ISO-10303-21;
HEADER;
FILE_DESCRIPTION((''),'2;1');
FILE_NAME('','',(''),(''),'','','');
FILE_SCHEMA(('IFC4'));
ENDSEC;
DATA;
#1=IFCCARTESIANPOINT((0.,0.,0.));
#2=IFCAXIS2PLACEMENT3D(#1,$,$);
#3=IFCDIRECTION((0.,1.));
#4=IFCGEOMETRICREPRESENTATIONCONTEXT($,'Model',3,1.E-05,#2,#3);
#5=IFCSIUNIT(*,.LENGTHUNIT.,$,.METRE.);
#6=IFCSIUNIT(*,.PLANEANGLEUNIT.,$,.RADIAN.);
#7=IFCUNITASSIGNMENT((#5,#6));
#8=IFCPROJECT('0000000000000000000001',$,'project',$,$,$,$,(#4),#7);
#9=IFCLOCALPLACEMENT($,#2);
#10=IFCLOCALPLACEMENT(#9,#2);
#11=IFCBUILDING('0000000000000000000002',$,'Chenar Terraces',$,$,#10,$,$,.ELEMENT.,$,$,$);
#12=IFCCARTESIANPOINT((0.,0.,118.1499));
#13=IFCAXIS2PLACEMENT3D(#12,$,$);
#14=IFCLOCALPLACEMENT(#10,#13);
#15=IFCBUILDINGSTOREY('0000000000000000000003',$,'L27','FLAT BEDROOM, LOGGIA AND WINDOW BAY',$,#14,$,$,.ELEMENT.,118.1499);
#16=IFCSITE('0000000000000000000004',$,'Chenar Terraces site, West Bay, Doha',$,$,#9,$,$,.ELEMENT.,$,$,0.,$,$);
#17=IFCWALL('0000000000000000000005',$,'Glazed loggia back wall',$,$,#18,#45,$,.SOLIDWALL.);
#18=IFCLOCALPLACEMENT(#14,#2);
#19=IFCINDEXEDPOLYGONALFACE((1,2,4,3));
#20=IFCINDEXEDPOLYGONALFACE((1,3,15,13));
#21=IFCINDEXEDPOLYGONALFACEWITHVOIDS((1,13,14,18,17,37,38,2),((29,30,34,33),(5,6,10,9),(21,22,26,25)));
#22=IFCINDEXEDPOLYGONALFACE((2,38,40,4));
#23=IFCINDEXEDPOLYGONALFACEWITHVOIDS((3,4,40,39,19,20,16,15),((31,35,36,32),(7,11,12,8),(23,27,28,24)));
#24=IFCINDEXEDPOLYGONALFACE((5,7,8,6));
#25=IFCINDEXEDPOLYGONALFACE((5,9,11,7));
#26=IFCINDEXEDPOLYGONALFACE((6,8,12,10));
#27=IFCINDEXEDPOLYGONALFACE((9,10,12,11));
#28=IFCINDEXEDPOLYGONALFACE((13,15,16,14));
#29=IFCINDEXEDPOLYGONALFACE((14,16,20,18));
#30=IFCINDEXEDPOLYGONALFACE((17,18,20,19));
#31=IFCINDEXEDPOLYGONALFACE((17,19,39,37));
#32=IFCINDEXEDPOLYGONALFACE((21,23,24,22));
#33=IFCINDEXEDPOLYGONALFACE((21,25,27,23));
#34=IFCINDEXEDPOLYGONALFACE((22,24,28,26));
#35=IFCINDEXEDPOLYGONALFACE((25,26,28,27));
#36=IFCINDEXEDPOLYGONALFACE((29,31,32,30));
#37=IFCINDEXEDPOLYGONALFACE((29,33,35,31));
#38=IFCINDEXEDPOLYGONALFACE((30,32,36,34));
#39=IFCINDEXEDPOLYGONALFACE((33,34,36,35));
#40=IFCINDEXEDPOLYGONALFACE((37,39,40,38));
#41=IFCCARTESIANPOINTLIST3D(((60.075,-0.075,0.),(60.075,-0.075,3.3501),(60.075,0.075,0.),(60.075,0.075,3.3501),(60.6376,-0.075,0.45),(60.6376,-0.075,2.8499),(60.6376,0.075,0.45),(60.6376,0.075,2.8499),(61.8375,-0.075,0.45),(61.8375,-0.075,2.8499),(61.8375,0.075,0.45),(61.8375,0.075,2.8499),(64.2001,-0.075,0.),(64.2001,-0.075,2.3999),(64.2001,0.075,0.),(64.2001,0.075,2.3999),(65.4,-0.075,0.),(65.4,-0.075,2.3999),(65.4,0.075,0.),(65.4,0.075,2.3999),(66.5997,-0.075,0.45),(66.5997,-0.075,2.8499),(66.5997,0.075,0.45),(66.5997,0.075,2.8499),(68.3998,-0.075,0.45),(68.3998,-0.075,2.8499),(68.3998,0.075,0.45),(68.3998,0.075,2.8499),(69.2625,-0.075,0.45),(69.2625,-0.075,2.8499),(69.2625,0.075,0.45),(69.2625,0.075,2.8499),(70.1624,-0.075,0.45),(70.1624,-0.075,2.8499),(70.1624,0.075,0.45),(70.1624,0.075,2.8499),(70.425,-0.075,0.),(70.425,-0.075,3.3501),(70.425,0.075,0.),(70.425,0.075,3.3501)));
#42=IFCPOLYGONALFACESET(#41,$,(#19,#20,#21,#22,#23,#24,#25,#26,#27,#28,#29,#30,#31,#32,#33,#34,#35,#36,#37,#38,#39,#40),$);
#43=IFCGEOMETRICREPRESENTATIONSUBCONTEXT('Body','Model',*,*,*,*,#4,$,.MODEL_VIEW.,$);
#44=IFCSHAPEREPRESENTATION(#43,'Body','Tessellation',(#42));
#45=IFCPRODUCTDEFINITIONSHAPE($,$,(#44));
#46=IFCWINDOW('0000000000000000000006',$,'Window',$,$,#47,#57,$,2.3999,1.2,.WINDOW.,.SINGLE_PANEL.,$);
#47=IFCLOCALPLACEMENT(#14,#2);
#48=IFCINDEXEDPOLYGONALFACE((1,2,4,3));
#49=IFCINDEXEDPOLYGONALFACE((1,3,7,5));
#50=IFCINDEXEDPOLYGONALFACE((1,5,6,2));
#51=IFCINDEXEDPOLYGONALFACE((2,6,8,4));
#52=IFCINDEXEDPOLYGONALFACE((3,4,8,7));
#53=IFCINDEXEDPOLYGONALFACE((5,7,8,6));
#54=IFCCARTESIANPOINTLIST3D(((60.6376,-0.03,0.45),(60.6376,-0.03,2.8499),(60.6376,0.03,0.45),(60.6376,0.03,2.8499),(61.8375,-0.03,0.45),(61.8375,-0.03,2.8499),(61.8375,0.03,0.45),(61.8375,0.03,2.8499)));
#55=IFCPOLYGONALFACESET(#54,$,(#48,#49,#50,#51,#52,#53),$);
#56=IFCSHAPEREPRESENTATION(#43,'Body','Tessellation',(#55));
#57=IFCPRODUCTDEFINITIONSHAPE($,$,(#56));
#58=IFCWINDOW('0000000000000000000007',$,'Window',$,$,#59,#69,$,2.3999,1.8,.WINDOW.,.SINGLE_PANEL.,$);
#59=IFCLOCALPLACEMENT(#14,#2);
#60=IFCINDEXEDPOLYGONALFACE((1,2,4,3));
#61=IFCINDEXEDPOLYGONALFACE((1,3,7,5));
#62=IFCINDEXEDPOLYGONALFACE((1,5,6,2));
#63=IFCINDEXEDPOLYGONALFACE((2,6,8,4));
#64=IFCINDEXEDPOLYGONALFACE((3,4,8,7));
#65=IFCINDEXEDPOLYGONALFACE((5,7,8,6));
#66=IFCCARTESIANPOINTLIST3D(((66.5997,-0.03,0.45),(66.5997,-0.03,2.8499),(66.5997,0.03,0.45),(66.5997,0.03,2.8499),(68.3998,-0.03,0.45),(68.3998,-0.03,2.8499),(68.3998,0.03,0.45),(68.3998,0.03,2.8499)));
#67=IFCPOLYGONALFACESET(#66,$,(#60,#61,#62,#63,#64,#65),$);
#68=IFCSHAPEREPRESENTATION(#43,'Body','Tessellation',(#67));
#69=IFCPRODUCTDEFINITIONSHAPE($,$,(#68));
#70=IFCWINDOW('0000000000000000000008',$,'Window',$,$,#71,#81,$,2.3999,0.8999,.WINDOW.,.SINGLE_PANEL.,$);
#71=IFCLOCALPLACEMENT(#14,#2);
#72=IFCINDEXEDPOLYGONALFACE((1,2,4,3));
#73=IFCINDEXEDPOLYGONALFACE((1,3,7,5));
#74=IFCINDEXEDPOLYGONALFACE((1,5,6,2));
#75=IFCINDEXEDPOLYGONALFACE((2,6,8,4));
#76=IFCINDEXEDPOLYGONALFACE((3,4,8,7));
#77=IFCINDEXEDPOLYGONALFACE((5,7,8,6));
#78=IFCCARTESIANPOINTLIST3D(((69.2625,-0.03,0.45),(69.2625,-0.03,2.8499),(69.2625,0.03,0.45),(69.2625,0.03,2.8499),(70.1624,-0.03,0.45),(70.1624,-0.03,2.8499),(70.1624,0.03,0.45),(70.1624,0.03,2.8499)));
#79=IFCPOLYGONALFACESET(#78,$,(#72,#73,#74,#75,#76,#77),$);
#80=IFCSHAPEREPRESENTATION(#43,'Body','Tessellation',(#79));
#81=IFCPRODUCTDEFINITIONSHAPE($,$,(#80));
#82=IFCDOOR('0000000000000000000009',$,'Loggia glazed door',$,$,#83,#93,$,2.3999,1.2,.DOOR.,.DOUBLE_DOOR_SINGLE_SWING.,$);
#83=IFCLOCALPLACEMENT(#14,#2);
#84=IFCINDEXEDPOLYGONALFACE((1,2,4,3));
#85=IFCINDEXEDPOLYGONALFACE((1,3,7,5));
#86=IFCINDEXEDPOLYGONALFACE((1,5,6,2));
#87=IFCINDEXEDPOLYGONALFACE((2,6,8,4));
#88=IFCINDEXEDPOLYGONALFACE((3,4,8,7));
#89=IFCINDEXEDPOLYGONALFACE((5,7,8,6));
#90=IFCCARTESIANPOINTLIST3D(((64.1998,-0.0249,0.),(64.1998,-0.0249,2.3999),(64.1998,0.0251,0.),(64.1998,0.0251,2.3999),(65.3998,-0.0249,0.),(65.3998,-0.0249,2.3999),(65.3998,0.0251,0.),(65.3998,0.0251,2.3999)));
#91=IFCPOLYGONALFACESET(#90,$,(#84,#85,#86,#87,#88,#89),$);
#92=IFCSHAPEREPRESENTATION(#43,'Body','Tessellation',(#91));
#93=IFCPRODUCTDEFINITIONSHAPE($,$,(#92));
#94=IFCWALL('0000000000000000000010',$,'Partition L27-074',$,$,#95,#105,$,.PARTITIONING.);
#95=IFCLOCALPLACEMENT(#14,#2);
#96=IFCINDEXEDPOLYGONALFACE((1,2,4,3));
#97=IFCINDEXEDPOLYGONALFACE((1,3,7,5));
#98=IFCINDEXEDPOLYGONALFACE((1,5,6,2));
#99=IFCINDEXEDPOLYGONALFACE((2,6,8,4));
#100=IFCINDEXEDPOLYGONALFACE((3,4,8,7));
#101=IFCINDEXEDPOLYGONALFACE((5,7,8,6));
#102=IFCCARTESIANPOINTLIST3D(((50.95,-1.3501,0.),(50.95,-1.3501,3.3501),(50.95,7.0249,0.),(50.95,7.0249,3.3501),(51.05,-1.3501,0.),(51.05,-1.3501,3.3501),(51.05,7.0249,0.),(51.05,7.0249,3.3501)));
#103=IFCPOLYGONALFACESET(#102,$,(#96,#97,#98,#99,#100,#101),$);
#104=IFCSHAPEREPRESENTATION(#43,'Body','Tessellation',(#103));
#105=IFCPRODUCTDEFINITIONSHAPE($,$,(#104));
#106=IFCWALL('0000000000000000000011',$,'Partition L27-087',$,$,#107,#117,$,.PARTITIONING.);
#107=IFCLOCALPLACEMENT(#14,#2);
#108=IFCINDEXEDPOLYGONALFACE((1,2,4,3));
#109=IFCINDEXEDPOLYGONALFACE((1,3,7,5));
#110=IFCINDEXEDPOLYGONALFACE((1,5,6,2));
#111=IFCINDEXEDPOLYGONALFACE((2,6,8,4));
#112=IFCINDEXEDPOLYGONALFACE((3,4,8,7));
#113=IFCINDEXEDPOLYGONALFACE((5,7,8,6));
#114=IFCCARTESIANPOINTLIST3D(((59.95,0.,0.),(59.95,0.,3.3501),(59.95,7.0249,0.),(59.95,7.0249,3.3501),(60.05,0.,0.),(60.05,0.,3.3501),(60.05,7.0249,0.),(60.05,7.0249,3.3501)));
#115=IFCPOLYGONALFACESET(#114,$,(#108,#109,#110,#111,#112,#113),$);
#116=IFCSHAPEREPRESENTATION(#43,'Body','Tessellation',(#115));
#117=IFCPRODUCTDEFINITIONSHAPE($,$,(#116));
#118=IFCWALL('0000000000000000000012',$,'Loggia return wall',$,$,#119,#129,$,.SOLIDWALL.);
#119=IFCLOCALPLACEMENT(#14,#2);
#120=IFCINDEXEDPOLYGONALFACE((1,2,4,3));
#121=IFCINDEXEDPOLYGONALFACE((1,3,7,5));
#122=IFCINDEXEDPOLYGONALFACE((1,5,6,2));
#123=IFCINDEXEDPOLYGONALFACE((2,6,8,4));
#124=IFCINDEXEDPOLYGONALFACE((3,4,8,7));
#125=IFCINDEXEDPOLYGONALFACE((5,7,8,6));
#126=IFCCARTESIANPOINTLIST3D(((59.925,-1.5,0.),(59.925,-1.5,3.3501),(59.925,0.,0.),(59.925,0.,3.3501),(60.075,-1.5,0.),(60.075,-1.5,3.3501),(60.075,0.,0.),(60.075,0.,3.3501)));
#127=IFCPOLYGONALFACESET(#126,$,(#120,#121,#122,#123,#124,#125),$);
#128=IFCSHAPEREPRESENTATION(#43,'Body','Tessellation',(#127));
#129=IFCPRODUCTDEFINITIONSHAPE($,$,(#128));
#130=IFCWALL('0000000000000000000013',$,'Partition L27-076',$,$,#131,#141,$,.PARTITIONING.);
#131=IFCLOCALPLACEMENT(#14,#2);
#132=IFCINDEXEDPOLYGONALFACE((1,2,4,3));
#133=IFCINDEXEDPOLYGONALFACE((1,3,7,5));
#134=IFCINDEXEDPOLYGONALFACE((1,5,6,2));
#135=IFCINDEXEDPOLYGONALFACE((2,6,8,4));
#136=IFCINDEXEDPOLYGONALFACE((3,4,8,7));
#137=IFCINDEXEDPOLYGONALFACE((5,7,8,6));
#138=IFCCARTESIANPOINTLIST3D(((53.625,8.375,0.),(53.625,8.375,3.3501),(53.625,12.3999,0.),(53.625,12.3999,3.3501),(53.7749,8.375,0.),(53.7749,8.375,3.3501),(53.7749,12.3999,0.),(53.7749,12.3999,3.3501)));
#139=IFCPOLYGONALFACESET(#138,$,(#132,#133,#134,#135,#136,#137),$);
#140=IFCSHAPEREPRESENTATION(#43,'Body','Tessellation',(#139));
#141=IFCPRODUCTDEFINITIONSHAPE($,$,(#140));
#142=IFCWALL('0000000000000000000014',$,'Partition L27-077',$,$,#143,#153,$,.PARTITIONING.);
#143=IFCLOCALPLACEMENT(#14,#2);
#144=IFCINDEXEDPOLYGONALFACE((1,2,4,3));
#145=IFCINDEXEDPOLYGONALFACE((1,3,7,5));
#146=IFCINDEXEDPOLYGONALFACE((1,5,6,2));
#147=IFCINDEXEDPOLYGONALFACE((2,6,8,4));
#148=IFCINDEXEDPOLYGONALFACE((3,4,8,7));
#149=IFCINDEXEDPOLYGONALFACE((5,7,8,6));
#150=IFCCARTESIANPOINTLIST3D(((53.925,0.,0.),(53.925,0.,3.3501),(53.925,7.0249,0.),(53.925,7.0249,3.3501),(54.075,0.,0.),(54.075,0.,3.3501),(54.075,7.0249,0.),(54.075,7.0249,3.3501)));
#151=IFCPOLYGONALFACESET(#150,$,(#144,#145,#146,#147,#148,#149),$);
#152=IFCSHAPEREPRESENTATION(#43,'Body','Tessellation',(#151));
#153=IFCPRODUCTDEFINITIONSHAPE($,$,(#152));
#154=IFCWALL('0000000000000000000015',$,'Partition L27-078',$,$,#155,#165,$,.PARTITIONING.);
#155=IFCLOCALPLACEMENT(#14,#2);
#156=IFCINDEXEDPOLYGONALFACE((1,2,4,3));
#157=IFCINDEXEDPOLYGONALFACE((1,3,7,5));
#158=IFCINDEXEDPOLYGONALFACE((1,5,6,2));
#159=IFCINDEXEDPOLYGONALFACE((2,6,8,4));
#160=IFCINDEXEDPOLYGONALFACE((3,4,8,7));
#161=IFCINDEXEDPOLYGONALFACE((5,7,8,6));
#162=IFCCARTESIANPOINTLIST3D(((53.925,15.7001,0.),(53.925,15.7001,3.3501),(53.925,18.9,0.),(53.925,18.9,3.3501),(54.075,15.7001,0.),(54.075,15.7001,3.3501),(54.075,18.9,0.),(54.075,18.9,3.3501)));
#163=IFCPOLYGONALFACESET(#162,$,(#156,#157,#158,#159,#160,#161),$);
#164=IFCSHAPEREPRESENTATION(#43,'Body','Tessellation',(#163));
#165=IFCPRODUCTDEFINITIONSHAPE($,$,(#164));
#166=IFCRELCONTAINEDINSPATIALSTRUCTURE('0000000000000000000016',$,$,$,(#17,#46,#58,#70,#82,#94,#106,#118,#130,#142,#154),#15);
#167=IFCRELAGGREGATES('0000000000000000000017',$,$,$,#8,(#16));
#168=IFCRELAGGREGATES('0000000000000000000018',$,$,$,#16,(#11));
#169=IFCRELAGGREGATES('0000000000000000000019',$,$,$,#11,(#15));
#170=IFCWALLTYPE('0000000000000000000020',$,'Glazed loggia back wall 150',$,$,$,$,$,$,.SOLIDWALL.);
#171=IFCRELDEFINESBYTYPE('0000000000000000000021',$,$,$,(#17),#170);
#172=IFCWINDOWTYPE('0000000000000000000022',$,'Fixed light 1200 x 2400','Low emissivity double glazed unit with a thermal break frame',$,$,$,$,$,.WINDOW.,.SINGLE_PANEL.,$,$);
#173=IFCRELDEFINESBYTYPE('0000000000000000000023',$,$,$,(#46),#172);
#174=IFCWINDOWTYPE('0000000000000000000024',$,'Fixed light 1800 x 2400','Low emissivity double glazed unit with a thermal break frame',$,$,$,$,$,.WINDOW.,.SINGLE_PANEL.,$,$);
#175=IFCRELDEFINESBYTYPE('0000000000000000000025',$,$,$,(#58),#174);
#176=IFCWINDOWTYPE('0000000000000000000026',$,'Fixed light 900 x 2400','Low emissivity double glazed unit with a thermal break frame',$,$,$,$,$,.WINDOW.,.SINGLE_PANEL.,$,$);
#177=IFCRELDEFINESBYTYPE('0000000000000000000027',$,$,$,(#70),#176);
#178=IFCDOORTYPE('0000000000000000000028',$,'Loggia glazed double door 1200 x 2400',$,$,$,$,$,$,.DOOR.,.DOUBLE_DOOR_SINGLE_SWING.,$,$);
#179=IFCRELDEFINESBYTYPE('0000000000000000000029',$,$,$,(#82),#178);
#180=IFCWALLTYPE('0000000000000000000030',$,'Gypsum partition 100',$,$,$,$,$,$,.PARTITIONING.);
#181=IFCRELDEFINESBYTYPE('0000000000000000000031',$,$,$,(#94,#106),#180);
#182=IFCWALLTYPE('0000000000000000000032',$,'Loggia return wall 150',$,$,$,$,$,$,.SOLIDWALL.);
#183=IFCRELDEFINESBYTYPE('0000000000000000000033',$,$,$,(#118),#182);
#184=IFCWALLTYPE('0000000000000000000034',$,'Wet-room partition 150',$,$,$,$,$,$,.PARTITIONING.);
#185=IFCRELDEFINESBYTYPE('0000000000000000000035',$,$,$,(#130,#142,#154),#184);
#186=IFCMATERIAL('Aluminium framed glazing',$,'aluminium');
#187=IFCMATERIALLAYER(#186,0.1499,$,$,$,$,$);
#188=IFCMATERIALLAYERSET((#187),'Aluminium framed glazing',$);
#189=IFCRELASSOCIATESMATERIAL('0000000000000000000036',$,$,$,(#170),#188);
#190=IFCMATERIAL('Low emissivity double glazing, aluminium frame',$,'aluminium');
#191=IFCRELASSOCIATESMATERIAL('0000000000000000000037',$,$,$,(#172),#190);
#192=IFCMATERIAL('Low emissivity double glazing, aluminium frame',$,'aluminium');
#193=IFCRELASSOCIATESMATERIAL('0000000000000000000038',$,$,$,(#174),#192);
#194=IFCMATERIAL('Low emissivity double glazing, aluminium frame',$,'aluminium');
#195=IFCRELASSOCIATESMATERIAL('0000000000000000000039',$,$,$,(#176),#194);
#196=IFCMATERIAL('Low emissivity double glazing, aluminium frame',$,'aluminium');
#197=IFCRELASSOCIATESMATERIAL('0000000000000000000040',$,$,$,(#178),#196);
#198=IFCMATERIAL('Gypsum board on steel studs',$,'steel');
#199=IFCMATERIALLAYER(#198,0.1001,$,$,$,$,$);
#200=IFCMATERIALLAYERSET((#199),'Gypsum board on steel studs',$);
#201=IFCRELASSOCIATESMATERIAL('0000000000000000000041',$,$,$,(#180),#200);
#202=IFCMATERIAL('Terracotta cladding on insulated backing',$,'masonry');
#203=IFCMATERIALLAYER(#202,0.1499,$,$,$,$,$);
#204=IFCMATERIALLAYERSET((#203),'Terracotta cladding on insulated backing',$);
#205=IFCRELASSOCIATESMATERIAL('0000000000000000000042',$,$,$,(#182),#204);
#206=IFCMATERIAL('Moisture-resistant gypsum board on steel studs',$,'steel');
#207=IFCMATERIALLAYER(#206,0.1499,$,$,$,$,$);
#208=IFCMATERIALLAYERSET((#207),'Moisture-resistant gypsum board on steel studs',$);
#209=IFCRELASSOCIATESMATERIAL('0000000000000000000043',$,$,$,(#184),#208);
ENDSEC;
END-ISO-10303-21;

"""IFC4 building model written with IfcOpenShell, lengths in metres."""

from ifc_helpers import new_model, si_unit, direction, frame, frame_2d, origin, place, context, subcontext, project, spatial, rectangle, extrude, material, layer, layer_set, type_object, element, fill, save


model = new_model("IFC4")

# Units and contexts
model_context = context("Model", 3, precision=1e-05, world=origin(), true_north=direction((0.0, 1.0)))
body_context = subcontext(model_context, "Body", "Model", "MODEL_VIEW")
ifc_project = project(units=[si_unit("LENGTHUNIT", "METRE"), si_unit("PLANEANGLEUNIT", "RADIAN")], contexts=[model_context])

# Site, building, storey
site_placement = place(None, origin())
site = spatial("IfcSite", under=ifc_project, at=site_placement, Name="Chenar Terraces site, West Bay, Doha", CompositionType="ELEMENT", RefElevation=0.0)
building_placement = place(site_placement, origin())
building = spatial("IfcBuilding", under=site, at=building_placement, Name="Chenar Terraces", CompositionType="ELEMENT")
storey_placement = place(building_placement, frame((0.0, 0.0, 118.1499)))
storey = spatial("IfcBuildingStorey", under=building, at=storey_placement, Name="L27", Description="FLAT BEDROOM, LOGGIA AND WINDOW BAY", CompositionType="ELEMENT", Elevation=118.1499)

# Wall, openings, windows, door
ifc_material_1 = material(Name="Aluminium framed glazing", Category="aluminium")
ifc_layer_1 = layer(ifc_material_1, 0.1499)
ifc_layer_set_1 = layer_set([ifc_layer_1], Name="Aluminium framed glazing")
wall_type_1 = type_object("IfcWallType", Name="Glazed loggia back wall 150", PredefinedType="SOLIDWALL", material=ifc_layer_set_1)
wall_1_placement = place(storey_placement, frame((60.075, 0.0, 0.0), z_axis=(0.0, 0.0, 1.0), x_axis=(1.0, 0.0, 0.0)))
wall_1 = element("IfcWall", 1, at=wall_1_placement, inside=storey, type_object=wall_type_1, Name="Glazed loggia back wall", PredefinedType="SOLIDWALL", context=body_context, shape_type="SweptSolid", body=[
    extrude(rectangle(XDim=10.3501, YDim=0.1499, at=frame_2d((5.175, 0.0))), origin(), (0.0, 0.0, 1.0), 3.3501),
])
opening_1_placement = place(wall_1_placement, frame((0.5625, 0.0, 0.45)))
opening_1 = element("IfcOpeningElement", 2, at=opening_1_placement, cuts=wall_1, PredefinedType="OPENING", context=body_context, shape_type="SweptSolid", body=[
    extrude(rectangle(XDim=1.2, YDim=2.3999, at=frame_2d((0.6001, 1.2))), frame((0.0, 0.085, 0.0), z_axis=(0.0, -1.0, 0.0), x_axis=(1.0, 0.0, 0.0)), (0.0, 0.0, 1.0), 0.1699),
])
opening_2_placement = place(wall_1_placement, frame((4.125, 0.0, 0.0)))
opening_2 = element("IfcOpeningElement", 3, at=opening_2_placement, cuts=wall_1, PredefinedType="OPENING", context=body_context, shape_type="SweptSolid", body=[
    extrude(rectangle(XDim=1.2, YDim=2.3999, at=frame_2d((0.6001, 1.2))), frame((0.0, 0.085, 0.0), z_axis=(0.0, -1.0, 0.0), x_axis=(1.0, 0.0, 0.0)), (0.0, 0.0, 1.0), 0.1699),
])
opening_3_placement = place(wall_1_placement, frame((6.5249, 0.0, 0.45)))
opening_3 = element("IfcOpeningElement", 4, at=opening_3_placement, cuts=wall_1, PredefinedType="OPENING", context=body_context, shape_type="SweptSolid", body=[
    extrude(rectangle(XDim=1.8, YDim=2.3999, at=frame_2d((0.8999, 1.2))), frame((0.0, 0.085, 0.0), z_axis=(0.0, -1.0, 0.0), x_axis=(1.0, 0.0, 0.0)), (0.0, 0.0, 1.0), 0.1699),
])
opening_4_placement = place(wall_1_placement, frame((9.1875, 0.0, 0.45)))
opening_4 = element("IfcOpeningElement", 5, at=opening_4_placement, cuts=wall_1, PredefinedType="OPENING", context=body_context, shape_type="SweptSolid", body=[
    extrude(rectangle(XDim=0.8999, YDim=2.3999, at=frame_2d((0.45, 1.2))), frame((0.0, 0.085, 0.0), z_axis=(0.0, -1.0, 0.0), x_axis=(1.0, 0.0, 0.0)), (0.0, 0.0, 1.0), 0.1699),
])
ifc_material_2 = material(Name="Low emissivity double glazing, aluminium frame", Category="aluminium")
window_type_1 = type_object("IfcWindowType", Name="Fixed light 1200 x 2400", Description="Low emissivity double glazed unit with a thermal break frame", PartitioningType="SINGLE_PANEL", PredefinedType="WINDOW", material=ifc_material_2)
window_1_placement = place(opening_1_placement, origin())
window_1 = element("IfcWindow", 6, at=window_1_placement, inside=storey, type_object=window_type_1, Name="Window", OverallHeight=2.3999, OverallWidth=1.2, PartitioningType="SINGLE_PANEL", PredefinedType="WINDOW", context=body_context, shape_type="SweptSolid", body=[
    extrude(rectangle(XDim=1.2, YDim=2.3999, at=frame_2d((0.6001, 1.2))), frame((0.0, 0.03, 0.0), z_axis=(0.0, -1.0, 0.0), x_axis=(1.0, 0.0, 0.0)), (0.0, 0.0, 1.0), 0.0601),
])
fill(opening_1, window_1)
ifc_material_3 = material(Name="Low emissivity double glazing, aluminium frame", Category="aluminium")
window_type_2 = type_object("IfcWindowType", Name="Fixed light 1800 x 2400", Description="Low emissivity double glazed unit with a thermal break frame", PartitioningType="SINGLE_PANEL", PredefinedType="WINDOW", material=ifc_material_3)
window_2_placement = place(opening_3_placement, origin())
window_2 = element("IfcWindow", 7, at=window_2_placement, inside=storey, type_object=window_type_2, Name="Window", OverallHeight=2.3999, OverallWidth=1.8, PartitioningType="SINGLE_PANEL", PredefinedType="WINDOW", context=body_context, shape_type="SweptSolid", body=[
    extrude(rectangle(XDim=1.8, YDim=2.3999, at=frame_2d((0.8999, 1.2))), frame((0.0, 0.03, 0.0), z_axis=(0.0, -1.0, 0.0), x_axis=(1.0, 0.0, 0.0)), (0.0, 0.0, 1.0), 0.0601),
])
fill(opening_3, window_2)
ifc_material_4 = material(Name="Low emissivity double glazing, aluminium frame", Category="aluminium")
window_type_3 = type_object("IfcWindowType", Name="Fixed light 900 x 2400", Description="Low emissivity double glazed unit with a thermal break frame", PartitioningType="SINGLE_PANEL", PredefinedType="WINDOW", material=ifc_material_4)
window_3_placement = place(opening_4_placement, origin())
window_3 = element("IfcWindow", 8, at=window_3_placement, inside=storey, type_object=window_type_3, Name="Window", OverallHeight=2.3999, OverallWidth=0.8999, PartitioningType="SINGLE_PANEL", PredefinedType="WINDOW", context=body_context, shape_type="SweptSolid", body=[
    extrude(rectangle(XDim=0.8999, YDim=2.3999, at=frame_2d((0.45, 1.2))), frame((0.0, 0.03, 0.0), z_axis=(0.0, -1.0, 0.0), x_axis=(1.0, 0.0, 0.0)), (0.0, 0.0, 1.0), 0.0601),
])
fill(opening_4, window_3)
ifc_material_5 = material(Name="Low emissivity double glazing, aluminium frame", Category="aluminium")
door_type_1 = type_object("IfcDoorType", Name="Loggia glazed double door 1200 x 2400", OperationType="DOUBLE_DOOR_SINGLE_SWING", PredefinedType="DOOR", material=ifc_material_5)
door_1_placement = place(opening_2_placement, frame((1.2, 0.0, 0.0), z_axis=(0.0, 0.0, 1.0), x_axis=(-1.0, 0.0, 0.0)))
door_1 = element("IfcDoor", 9, at=door_1_placement, inside=storey, type_object=door_type_1, Name="Loggia glazed door", OperationType="DOUBLE_DOOR_SINGLE_SWING", OverallHeight=2.3999, OverallWidth=1.2, PredefinedType="DOOR", context=body_context, shape_type="SweptSolid", body=[
    extrude(rectangle(XDim=1.2, YDim=2.3999, at=frame_2d((0.6001, 1.2))), frame((0.0, 0.0249, 0.0), z_axis=(0.0, -1.0, 0.0), x_axis=(1.0, 0.0, 0.0)), (0.0, 0.0, 1.0), 0.05),
])
fill(opening_2, door_1)

# Walls
ifc_material_6 = material(Name="Gypsum board on steel studs", Category="steel")
ifc_layer_2 = layer(ifc_material_6, 0.1001)
ifc_layer_set_2 = layer_set([ifc_layer_2], Name="Gypsum board on steel studs")
wall_type_2 = type_object("IfcWallType", Name="Gypsum partition 100", PredefinedType="PARTITIONING", material=ifc_layer_set_2)
wall_2_placement = place(storey_placement, frame((51.0, -1.3501, 0.0), z_axis=(0.0, 0.0, 1.0), x_axis=(0.0, 1.0, 0.0)))
element("IfcWall", 10, at=wall_2_placement, inside=storey, type_object=wall_type_2, Name="Partition L27-074", PredefinedType="PARTITIONING", context=body_context, shape_type="SweptSolid", body=[
    extrude(rectangle(XDim=8.375, YDim=0.1001, at=frame_2d((4.1875, 0.0))), origin(), (0.0, 0.0, 1.0), 3.3501),
])
wall_3_placement = place(storey_placement, frame((60.0, 0.0, 0.0), z_axis=(0.0, 0.0, 1.0), x_axis=(0.0, 1.0, 0.0)))
element("IfcWall", 11, at=wall_3_placement, inside=storey, type_object=wall_type_2, Name="Partition L27-087", PredefinedType="PARTITIONING", context=body_context, shape_type="SweptSolid", body=[
    extrude(rectangle(XDim=7.0249, YDim=0.1001, at=frame_2d((3.5125, 0.0))), origin(), (0.0, 0.0, 1.0), 3.3501),
])
ifc_material_7 = material(Name="Terracotta cladding on insulated backing", Category="masonry")
ifc_layer_3 = layer(ifc_material_7, 0.1499)
ifc_layer_set_3 = layer_set([ifc_layer_3], Name="Terracotta cladding on insulated backing")
wall_type_3 = type_object("IfcWallType", Name="Loggia return wall 150", PredefinedType="SOLIDWALL", material=ifc_layer_set_3)
wall_4_placement = place(storey_placement, frame((60.0, -1.5, 0.0), z_axis=(0.0, 0.0, 1.0), x_axis=(0.0, 1.0, 0.0)))
element("IfcWall", 12, at=wall_4_placement, inside=storey, type_object=wall_type_3, Name="Loggia return wall", PredefinedType="SOLIDWALL", context=body_context, shape_type="SweptSolid", body=[
    extrude(rectangle(XDim=1.5, YDim=0.1499, at=frame_2d((0.75, 0.0))), origin(), (0.0, 0.0, 1.0), 3.3501),
])
ifc_material_8 = material(Name="Moisture-resistant gypsum board on steel studs", Category="steel")
ifc_layer_4 = layer(ifc_material_8, 0.1499)
ifc_layer_set_4 = layer_set([ifc_layer_4], Name="Moisture-resistant gypsum board on steel studs")
wall_type_4 = type_object("IfcWallType", Name="Wet-room partition 150", PredefinedType="PARTITIONING", material=ifc_layer_set_4)
wall_5_placement = place(storey_placement, frame((53.7, 8.375, 0.0), z_axis=(0.0, 0.0, 1.0), x_axis=(0.0, 1.0, 0.0)))
element("IfcWall", 13, at=wall_5_placement, inside=storey, type_object=wall_type_4, Name="Partition L27-076", PredefinedType="PARTITIONING", context=body_context, shape_type="SweptSolid", body=[
    extrude(rectangle(XDim=4.0249, YDim=0.1499, at=frame_2d((2.0125, 0.0))), origin(), (0.0, 0.0, 1.0), 3.3501),
])
wall_6_placement = place(storey_placement, frame((54.0, 0.0, 0.0), z_axis=(0.0, 0.0, 1.0), x_axis=(0.0, 1.0, 0.0)))
element("IfcWall", 14, at=wall_6_placement, inside=storey, type_object=wall_type_4, Name="Partition L27-077", PredefinedType="PARTITIONING", context=body_context, shape_type="SweptSolid", body=[
    extrude(rectangle(XDim=7.0249, YDim=0.1499, at=frame_2d((3.5125, 0.0))), origin(), (0.0, 0.0, 1.0), 3.3501),
])
wall_7_placement = place(storey_placement, frame((54.0, 15.7, 0.0), z_axis=(0.0, 0.0, 1.0), x_axis=(0.0, 1.0, 0.0)))
element("IfcWall", 15, at=wall_7_placement, inside=storey, type_object=wall_type_4, Name="Partition L27-078", PredefinedType="PARTITIONING", context=body_context, shape_type="SweptSolid", body=[
    extrude(rectangle(XDim=3.2, YDim=0.1499, at=frame_2d((1.6001, 0.0))), origin(), (0.0, 0.0, 1.0), 3.3501),
])

save(model, "model.ifc")
